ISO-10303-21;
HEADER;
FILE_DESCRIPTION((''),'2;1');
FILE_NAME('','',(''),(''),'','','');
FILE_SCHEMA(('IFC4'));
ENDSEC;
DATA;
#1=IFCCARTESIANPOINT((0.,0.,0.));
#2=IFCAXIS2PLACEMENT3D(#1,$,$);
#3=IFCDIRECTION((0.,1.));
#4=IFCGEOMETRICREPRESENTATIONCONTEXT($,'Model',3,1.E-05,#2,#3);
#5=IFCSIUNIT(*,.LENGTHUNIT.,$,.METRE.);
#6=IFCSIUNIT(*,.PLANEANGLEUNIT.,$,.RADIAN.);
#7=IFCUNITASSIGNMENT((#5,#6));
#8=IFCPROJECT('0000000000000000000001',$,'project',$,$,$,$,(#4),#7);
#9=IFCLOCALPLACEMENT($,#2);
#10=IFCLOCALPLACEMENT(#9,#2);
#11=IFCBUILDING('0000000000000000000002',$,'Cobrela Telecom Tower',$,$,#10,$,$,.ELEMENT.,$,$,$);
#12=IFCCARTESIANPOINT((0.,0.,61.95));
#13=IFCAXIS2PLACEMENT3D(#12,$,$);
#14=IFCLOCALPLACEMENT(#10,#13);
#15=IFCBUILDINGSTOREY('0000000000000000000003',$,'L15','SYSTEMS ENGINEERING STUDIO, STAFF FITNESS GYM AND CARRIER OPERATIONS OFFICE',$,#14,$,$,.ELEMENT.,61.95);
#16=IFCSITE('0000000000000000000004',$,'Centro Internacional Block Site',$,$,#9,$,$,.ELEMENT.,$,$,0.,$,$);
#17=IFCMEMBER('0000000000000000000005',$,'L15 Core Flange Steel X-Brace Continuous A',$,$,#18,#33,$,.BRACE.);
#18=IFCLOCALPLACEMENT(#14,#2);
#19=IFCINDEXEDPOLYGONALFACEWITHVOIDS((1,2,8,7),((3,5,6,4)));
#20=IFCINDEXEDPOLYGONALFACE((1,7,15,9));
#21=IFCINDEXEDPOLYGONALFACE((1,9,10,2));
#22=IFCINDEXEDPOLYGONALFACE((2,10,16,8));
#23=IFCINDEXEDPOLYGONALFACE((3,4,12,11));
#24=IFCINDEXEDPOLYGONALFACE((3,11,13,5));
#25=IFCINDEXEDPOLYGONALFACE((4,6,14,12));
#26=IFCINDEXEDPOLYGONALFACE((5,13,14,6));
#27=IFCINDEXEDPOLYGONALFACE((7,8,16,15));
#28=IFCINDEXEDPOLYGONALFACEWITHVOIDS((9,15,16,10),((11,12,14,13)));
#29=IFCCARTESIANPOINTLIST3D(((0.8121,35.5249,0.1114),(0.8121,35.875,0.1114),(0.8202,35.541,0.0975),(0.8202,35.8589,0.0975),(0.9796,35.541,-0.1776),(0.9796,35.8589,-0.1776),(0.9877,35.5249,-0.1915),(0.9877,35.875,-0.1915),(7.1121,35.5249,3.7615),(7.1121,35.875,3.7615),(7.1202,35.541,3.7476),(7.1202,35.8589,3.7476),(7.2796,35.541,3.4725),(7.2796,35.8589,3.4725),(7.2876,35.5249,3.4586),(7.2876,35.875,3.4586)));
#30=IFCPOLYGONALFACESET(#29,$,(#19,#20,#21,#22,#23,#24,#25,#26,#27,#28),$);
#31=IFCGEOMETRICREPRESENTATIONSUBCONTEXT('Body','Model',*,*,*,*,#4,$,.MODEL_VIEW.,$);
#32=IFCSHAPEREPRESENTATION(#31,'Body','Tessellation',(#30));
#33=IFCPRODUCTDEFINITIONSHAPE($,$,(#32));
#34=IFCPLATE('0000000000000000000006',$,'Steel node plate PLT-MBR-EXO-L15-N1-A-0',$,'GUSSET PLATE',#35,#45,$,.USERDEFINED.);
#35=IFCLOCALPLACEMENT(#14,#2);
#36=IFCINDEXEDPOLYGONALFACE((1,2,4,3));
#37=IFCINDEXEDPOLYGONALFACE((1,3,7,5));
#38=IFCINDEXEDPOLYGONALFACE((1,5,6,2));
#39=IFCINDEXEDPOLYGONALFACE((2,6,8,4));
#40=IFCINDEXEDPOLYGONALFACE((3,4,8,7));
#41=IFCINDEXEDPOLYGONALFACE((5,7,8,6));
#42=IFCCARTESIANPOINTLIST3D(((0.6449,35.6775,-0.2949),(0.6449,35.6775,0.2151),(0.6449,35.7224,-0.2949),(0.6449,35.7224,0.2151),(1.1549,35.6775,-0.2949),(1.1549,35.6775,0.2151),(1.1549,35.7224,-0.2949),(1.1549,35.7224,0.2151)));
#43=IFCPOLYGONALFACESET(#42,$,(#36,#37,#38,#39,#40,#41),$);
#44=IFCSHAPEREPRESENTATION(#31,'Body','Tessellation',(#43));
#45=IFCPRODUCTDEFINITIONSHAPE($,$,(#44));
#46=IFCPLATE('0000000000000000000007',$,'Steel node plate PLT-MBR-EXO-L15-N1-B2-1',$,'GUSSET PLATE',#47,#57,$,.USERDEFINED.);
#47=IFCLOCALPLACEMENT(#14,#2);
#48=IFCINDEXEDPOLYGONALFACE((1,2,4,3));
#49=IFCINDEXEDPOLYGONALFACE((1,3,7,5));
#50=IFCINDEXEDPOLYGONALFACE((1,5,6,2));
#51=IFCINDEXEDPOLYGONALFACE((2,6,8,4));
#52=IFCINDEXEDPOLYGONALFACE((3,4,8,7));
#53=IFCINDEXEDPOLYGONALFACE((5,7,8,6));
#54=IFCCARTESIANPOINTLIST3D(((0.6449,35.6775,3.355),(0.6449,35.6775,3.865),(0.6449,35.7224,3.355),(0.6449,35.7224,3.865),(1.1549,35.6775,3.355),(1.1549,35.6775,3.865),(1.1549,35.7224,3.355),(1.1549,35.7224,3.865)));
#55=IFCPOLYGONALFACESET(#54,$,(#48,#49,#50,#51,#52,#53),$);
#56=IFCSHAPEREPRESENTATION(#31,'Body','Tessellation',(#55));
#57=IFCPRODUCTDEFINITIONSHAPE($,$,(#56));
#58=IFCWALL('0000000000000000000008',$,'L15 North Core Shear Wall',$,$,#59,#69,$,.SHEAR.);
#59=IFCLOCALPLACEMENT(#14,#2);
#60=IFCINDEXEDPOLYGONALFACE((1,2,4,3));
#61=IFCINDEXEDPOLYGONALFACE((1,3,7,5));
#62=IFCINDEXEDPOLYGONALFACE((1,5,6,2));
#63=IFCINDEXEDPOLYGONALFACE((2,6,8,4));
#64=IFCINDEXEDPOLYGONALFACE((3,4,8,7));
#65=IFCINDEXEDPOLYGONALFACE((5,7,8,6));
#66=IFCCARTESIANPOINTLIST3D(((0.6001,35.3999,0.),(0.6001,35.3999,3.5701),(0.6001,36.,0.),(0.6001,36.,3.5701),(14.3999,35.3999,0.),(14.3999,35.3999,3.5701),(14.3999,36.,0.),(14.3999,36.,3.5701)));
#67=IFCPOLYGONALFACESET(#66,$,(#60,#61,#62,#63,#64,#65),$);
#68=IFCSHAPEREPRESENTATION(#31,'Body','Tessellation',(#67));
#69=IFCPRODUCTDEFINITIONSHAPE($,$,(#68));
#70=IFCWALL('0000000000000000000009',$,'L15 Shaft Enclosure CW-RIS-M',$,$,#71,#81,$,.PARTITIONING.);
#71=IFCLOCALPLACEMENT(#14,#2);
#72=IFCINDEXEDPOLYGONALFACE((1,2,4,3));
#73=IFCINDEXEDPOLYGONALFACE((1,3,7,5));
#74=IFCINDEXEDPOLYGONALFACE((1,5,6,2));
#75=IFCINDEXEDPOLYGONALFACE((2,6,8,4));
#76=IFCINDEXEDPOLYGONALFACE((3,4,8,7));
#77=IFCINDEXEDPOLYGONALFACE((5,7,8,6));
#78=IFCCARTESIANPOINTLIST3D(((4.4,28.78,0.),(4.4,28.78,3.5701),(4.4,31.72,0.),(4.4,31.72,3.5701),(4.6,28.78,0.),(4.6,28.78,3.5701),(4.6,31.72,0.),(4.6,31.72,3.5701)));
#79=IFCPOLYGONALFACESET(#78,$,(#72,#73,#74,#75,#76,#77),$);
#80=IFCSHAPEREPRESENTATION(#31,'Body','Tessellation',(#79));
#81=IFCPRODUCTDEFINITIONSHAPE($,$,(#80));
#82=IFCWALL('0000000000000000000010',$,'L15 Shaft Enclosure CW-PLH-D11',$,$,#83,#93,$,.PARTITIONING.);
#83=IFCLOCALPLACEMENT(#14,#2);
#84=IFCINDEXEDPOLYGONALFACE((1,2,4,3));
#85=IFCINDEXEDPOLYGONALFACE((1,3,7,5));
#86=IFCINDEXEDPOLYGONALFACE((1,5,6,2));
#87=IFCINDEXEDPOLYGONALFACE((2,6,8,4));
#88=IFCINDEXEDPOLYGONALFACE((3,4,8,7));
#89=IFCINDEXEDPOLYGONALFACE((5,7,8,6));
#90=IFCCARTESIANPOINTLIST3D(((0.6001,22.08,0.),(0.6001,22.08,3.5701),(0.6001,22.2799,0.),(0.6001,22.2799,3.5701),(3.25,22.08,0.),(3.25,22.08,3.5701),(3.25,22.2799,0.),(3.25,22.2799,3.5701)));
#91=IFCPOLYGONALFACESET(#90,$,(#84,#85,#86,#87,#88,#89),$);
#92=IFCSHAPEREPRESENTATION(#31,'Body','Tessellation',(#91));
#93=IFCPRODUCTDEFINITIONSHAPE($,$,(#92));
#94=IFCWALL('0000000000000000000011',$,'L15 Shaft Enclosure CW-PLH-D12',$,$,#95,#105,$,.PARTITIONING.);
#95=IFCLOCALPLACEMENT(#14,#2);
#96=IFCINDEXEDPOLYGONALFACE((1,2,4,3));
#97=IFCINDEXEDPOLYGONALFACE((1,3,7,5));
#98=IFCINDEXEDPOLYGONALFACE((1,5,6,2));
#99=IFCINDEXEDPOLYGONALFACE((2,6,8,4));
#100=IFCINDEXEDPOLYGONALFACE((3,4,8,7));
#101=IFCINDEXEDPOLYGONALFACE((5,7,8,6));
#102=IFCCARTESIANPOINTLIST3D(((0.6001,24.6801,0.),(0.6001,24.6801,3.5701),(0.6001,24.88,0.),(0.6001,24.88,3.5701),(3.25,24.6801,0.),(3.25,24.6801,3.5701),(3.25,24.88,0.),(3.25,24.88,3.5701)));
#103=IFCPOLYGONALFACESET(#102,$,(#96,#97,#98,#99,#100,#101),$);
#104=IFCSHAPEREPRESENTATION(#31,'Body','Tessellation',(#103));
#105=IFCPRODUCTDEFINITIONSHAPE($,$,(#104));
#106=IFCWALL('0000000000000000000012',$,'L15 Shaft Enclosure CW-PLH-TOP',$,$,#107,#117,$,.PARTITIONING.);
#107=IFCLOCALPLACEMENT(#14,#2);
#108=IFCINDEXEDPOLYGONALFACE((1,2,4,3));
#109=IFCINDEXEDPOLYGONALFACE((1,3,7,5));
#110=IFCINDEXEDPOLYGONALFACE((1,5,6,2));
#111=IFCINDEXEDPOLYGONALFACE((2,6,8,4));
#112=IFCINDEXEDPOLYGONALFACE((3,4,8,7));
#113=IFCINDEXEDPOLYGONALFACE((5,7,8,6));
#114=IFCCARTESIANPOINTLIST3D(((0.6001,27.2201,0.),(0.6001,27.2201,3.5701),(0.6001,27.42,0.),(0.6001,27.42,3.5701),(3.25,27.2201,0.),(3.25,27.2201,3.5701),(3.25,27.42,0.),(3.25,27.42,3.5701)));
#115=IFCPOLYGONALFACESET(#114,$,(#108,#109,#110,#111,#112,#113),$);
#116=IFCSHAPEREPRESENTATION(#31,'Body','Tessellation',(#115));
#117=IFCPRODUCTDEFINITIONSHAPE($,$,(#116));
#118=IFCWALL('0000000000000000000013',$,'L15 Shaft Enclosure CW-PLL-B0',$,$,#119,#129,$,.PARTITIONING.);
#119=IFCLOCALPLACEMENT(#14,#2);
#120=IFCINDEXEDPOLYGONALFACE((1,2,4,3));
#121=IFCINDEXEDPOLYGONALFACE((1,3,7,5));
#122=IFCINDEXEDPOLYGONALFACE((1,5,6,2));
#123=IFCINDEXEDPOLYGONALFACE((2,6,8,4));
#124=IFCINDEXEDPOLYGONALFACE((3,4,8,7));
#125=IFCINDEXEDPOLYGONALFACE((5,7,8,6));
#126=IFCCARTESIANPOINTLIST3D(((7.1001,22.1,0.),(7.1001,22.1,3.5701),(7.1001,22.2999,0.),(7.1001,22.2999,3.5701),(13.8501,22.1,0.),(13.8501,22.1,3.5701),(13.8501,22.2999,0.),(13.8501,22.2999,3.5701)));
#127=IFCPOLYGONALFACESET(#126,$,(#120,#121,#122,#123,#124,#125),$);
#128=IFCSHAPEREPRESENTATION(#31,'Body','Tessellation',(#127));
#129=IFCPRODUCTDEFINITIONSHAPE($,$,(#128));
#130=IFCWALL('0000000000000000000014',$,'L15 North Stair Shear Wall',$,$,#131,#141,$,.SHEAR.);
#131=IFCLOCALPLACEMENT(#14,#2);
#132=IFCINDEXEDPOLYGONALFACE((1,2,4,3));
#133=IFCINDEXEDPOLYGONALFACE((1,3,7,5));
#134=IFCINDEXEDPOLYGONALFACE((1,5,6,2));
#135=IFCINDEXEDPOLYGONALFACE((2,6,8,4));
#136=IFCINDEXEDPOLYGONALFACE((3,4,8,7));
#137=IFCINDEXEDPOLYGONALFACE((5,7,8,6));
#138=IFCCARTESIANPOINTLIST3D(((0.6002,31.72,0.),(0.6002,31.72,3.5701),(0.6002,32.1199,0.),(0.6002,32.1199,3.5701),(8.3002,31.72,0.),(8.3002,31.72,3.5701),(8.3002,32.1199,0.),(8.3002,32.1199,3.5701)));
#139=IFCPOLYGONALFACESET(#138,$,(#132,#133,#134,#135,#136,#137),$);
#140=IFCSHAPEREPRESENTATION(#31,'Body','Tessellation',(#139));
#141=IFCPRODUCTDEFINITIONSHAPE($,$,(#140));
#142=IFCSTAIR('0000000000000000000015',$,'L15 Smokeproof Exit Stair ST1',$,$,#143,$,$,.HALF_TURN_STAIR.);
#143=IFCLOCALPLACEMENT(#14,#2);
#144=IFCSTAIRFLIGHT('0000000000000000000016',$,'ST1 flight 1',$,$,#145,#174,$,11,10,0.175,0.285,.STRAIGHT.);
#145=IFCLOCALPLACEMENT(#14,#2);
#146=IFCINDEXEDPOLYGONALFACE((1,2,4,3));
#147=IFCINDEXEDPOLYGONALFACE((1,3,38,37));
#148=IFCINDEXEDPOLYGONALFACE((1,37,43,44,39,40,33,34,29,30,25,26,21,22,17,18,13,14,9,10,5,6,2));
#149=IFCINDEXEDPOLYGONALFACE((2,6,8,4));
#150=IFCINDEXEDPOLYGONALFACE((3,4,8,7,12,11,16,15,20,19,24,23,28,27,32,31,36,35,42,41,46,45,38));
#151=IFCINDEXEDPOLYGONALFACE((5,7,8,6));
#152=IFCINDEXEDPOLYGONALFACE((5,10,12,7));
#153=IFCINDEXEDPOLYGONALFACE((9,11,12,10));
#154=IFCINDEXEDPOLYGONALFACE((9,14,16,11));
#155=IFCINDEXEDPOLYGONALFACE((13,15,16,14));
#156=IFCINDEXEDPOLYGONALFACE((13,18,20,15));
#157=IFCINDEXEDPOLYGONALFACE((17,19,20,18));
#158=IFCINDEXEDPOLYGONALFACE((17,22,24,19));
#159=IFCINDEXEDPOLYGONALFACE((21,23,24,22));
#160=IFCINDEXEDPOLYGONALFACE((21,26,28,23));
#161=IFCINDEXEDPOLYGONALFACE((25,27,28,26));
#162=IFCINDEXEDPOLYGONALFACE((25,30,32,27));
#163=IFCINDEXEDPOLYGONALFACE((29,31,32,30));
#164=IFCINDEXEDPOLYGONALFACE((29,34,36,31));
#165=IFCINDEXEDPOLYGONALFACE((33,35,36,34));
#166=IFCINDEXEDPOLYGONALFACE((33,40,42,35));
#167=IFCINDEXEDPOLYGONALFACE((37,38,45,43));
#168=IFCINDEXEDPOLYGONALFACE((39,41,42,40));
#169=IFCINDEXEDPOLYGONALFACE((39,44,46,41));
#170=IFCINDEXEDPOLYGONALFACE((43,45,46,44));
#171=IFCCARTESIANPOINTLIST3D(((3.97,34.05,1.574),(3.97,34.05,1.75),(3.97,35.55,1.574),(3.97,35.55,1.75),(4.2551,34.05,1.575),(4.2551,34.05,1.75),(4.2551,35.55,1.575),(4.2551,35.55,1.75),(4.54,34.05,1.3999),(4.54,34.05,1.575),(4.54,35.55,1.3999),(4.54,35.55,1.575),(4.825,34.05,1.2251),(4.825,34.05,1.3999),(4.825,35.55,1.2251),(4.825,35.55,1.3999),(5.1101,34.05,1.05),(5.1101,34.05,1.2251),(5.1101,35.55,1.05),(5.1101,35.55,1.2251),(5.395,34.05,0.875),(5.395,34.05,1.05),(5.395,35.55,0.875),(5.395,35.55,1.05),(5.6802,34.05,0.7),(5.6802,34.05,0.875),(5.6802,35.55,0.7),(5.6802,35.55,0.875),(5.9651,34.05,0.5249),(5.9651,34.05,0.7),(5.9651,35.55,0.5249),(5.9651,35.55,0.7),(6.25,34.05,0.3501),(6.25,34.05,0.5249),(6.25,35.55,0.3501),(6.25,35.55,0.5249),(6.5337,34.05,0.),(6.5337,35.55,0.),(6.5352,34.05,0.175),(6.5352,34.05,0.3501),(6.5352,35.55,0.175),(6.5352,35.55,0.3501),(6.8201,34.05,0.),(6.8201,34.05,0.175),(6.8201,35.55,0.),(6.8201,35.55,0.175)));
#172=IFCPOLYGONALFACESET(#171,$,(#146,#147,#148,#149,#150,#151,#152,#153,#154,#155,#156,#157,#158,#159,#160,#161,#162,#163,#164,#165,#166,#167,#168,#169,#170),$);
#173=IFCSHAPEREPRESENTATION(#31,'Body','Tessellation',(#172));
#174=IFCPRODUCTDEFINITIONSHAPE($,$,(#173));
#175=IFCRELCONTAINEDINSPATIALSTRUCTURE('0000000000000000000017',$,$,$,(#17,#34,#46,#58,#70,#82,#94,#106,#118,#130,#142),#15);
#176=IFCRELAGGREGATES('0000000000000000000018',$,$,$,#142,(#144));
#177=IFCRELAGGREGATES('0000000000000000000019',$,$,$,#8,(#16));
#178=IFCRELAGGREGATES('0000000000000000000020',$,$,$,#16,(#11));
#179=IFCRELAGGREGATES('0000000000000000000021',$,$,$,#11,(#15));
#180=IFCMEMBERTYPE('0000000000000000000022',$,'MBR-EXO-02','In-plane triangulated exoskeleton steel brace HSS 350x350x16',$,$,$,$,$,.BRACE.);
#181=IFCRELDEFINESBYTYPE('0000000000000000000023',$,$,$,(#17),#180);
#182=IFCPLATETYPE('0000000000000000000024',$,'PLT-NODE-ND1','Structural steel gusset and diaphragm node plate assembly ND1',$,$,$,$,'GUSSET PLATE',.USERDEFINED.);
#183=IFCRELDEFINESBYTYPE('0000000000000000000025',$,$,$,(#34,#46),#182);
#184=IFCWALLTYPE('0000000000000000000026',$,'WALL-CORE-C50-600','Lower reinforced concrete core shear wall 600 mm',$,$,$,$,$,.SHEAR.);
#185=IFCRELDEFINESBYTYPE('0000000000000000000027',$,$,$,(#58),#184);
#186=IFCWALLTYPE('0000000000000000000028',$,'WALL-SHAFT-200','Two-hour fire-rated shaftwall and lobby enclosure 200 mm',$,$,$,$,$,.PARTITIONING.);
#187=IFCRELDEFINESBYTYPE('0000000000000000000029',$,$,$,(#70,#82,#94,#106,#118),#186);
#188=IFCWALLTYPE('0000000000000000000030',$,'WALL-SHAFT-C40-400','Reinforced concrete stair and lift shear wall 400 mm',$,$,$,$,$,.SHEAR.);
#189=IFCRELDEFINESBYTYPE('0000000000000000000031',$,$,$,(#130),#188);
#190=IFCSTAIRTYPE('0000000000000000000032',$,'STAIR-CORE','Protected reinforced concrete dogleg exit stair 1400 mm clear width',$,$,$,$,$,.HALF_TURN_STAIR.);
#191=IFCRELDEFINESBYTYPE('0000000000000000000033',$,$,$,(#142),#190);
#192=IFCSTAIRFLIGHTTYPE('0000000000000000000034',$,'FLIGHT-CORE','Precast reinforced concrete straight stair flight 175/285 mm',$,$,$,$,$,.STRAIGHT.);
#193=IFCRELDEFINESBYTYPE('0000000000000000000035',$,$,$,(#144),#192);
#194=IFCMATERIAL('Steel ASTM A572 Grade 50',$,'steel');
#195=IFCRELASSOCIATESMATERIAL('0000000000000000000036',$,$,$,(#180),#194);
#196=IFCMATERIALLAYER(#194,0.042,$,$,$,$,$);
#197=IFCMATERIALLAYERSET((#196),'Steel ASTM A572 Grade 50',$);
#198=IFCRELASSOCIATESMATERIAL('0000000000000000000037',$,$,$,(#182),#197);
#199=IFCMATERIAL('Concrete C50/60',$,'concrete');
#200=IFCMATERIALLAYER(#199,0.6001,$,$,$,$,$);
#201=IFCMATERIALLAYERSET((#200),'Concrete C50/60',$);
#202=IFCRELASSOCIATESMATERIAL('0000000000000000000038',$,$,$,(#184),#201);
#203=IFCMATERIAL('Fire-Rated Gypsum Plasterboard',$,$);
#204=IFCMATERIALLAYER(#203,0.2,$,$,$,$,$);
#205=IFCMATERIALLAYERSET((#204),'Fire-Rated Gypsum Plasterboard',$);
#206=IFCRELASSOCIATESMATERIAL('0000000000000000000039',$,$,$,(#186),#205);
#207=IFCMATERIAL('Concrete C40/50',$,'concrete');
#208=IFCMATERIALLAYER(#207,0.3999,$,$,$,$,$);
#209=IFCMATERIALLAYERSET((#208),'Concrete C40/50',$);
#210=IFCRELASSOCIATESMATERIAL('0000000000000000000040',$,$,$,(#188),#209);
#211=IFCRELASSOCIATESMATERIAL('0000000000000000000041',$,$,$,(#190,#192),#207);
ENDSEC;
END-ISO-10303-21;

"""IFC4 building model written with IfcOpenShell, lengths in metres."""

from ifc_helpers import new_model, si_unit, direction, frame, frame_2d, origin, origin_2d, place, context, subcontext, project, spatial, polyline, rectangle, hollow_rectangle, outline, extrude, material, layer, layer_set, material_profile, profile_set, type_object, element, aggregate, save


model = new_model("IFC4")

# Units and contexts
model_context = context("Model", 3, precision=1e-05, world=origin(), true_north=direction((0.0, 1.0)))
body_context = subcontext(model_context, "Body", "Model", "MODEL_VIEW")
ifc_project = project(units=[si_unit("LENGTHUNIT", "METRE"), si_unit("PLANEANGLEUNIT", "RADIAN")], contexts=[model_context])

# Site, building, storey
site_placement = place(None, origin())
site = spatial("IfcSite", under=ifc_project, at=site_placement, Name="Centro Internacional Block Site", CompositionType="ELEMENT", RefElevation=0.0)
building_placement = place(site_placement, origin())
building = spatial("IfcBuilding", under=site, at=building_placement, Name="Cobrela Telecom Tower", CompositionType="ELEMENT")
storey_placement = place(building_placement, frame((0.0, 0.0, 61.95)))
storey = spatial("IfcBuildingStorey", under=building, at=storey_placement, Name="L15", Description="SYSTEMS ENGINEERING STUDIO, STAFF FITNESS GYM AND CARRIER OPERATIONS OFFICE", CompositionType="ELEMENT", Elevation=61.95)

# Member
ifc_material_1 = material(Name="Steel ASTM A572 Grade 50", Category="steel")
ifc_material_profile = material_profile(ifc_material_1, hollow_rectangle(XDim=0.3501, YDim=0.3501, WallThickness=0.0161, at=origin_2d()), Name="HSS 350x350x16")
ifc_profile_set = profile_set([ifc_material_profile], Name="Steel ASTM A572 Grade 50")
member_type = type_object("IfcMemberType", Name="MBR-EXO-02", Description="In-plane triangulated exoskeleton steel brace HSS 350x350x16", PredefinedType="BRACE", material=ifc_profile_set)
member_placement = place(storey_placement, frame((0.8999, 35.7, -0.04), z_axis=(0.865262, 0.0, 0.501319), x_axis=(0.0, 1.0, 0.0)))
element("IfcMember", 1, at=member_placement, inside=storey, type_object=member_type, Name="L15 Core Flange Steel X-Brace Continuous A", PredefinedType="BRACE", context=body_context, shape_type="SweptSolid", body=[
    extrude(hollow_rectangle(XDim=0.3501, YDim=0.3501, WallThickness=0.0161, at=origin_2d()), origin(), (0.0, 0.0, 1.0), 7.281),
])

# Plates
ifc_layer_1 = layer(ifc_material_1, 0.042)
ifc_layer_set_1 = layer_set([ifc_layer_1], Name="Steel ASTM A572 Grade 50")
plate_type = type_object("IfcPlateType", Name="PLT-NODE-ND1", Description="Structural steel gusset and diaphragm node plate assembly ND1", ElementType="GUSSET PLATE", PredefinedType="USERDEFINED", material=ifc_layer_set_1)
for number, where, z_axis, x_axis, name in (
    (2, (0.8999, 35.7, -0.2949), (0.0, 0.0, 1.0), (1.0, 0.0, 0.0), "Steel node plate PLT-MBR-EXO-L15-N1-A-0"),
    (3, (0.8999, 35.7, 3.355), (0.0, 0.0, 1.0), (-1.0, 0.0, 0.0), "Steel node plate PLT-MBR-EXO-L15-N1-B2-1"),
):
    element("IfcPlate", number, at=place(storey_placement, frame(where, z_axis=z_axis, x_axis=x_axis)), inside=storey, type_object=plate_type, Name=name, ObjectType="GUSSET PLATE", PredefinedType="USERDEFINED", context=body_context, shape_type="SweptSolid", body=[
        extrude(rectangle(XDim=0.51, YDim=0.0449, at=origin_2d()), origin(), (0.0, 0.0, 1.0), 0.51),
    ])

# Wall
ifc_material_2 = material(Name="Concrete C50/60", Category="concrete")
ifc_layer_2 = layer(ifc_material_2, 0.6001)
ifc_layer_set_2 = layer_set([ifc_layer_2], Name="Concrete C50/60")
wall_type_1 = type_object("IfcWallType", Name="WALL-CORE-C50-600", Description="Lower reinforced concrete core shear wall 600 mm", PredefinedType="SHEAR", material=ifc_layer_set_2)
wall_1_placement = place(storey_placement, frame((0.6001, 35.7, 0.0), z_axis=(0.0, 0.0, 1.0), x_axis=(1.0, 0.0, 0.0)))
element("IfcWall", 4, at=wall_1_placement, inside=storey, type_object=wall_type_1, Name="L15 North Core Shear Wall", PredefinedType="SHEAR", context=body_context, shape_type="SweptSolid", body=[
    extrude(rectangle(XDim=13.7998, YDim=0.6001, at=frame_2d((6.8999, 0.0))), origin(), (0.0, 0.0, 1.0), 3.5701),
])

# Shared definitions
ifc_material_3 = material(Name="Fire-Rated Gypsum Plasterboard")
ifc_layer_3 = layer(ifc_material_3, 0.2)
ifc_layer_set_3 = layer_set([ifc_layer_3], Name="Fire-Rated Gypsum Plasterboard")
wall_type_2 = type_object("IfcWallType", Name="WALL-SHAFT-200", Description="Two-hour fire-rated shaftwall and lobby enclosure 200 mm", PredefinedType="PARTITIONING", material=ifc_layer_set_3)

# Walls
wall_2_placement = place(storey_placement, frame((4.5, 28.78, 0.0), z_axis=(0.0, 0.0, 1.0), x_axis=(0.0, 1.0, 0.0)))
element("IfcWall", 5, at=wall_2_placement, inside=storey, type_object=wall_type_2, Name="L15 Shaft Enclosure CW-RIS-M", PredefinedType="PARTITIONING", context=body_context, shape_type="SweptSolid", body=[
    extrude(rectangle(XDim=2.9399, YDim=0.2, at=frame_2d((1.47, 0.0))), origin(), (0.0, 0.0, 1.0), 3.5701),
])
for number, where, z_axis, x_axis, name in (
    (6, (0.6001, 22.1799, 0.0), (0.0, 0.0, 1.0), (1.0, 0.0, 0.0), "L15 Shaft Enclosure CW-PLH-D11"),
    (7, (0.6001, 24.78, 0.0), (0.0, 0.0, 1.0), (1.0, 0.0, 0.0), "L15 Shaft Enclosure CW-PLH-D12"),
    (8, (0.6001, 27.3201, 0.0), (0.0, 0.0, 1.0), (1.0, 0.0, 0.0), "L15 Shaft Enclosure CW-PLH-TOP"),
):
    element("IfcWall", number, at=place(storey_placement, frame(where, z_axis=z_axis, x_axis=x_axis)), inside=storey, type_object=wall_type_2, Name=name, PredefinedType="PARTITIONING", context=body_context, shape_type="SweptSolid", body=[
        extrude(rectangle(XDim=2.6499, YDim=0.2, at=frame_2d((1.325, 0.0))), origin(), (0.0, 0.0, 1.0), 3.5701),
    ])
wall_3_placement = place(storey_placement, frame((7.1001, 22.2, 0.0), z_axis=(0.0, 0.0, 1.0), x_axis=(1.0, 0.0, 0.0)))
element("IfcWall", 9, at=wall_3_placement, inside=storey, type_object=wall_type_2, Name="L15 Shaft Enclosure CW-PLL-B0", PredefinedType="PARTITIONING", context=body_context, shape_type="SweptSolid", body=[
    extrude(rectangle(XDim=6.75, YDim=0.2, at=frame_2d((3.375, 0.0))), origin(), (0.0, 0.0, 1.0), 3.5701),
])
ifc_material_4 = material(Name="Concrete C40/50", Category="concrete")
ifc_layer_4 = layer(ifc_material_4, 0.3999)
ifc_layer_set_4 = layer_set([ifc_layer_4], Name="Concrete C40/50")
wall_type_3 = type_object("IfcWallType", Name="WALL-SHAFT-C40-400", Description="Reinforced concrete stair and lift shear wall 400 mm", PredefinedType="SHEAR", material=ifc_layer_set_4)
wall_4_placement = place(storey_placement, frame((0.6001, 31.9199, 0.0), z_axis=(0.0, 0.0, 1.0), x_axis=(1.0, 0.0, 0.0)))
element("IfcWall", 10, at=wall_4_placement, inside=storey, type_object=wall_type_3, Name="L15 North Stair Shear Wall", PredefinedType="SHEAR", context=body_context, shape_type="SweptSolid", body=[
    extrude(rectangle(XDim=7.7, YDim=0.3999, at=frame_2d((3.8501, 0.0))), origin(), (0.0, 0.0, 1.0), 3.5701),
])

# Stair, stair flight
stair_type = type_object("IfcStairType", Name="STAIR-CORE", Description="Protected reinforced concrete dogleg exit stair 1400 mm clear width", PredefinedType="HALF_TURN_STAIR", material=ifc_material_4)
stair_placement = place(storey_placement, origin())
stair = element("IfcStair", 11, at=stair_placement, inside=storey, type_object=stair_type, Name="L15 Smokeproof Exit Stair ST1", PredefinedType="HALF_TURN_STAIR")
stair_flight_type = type_object("IfcStairFlightType", Name="FLIGHT-CORE", Description="Precast reinforced concrete straight stair flight 175/285 mm", PredefinedType="STRAIGHT", material=ifc_material_4)
stair_flight_1_placement = place(storey_placement, frame((6.8201, 34.8, 0.0), z_axis=(0.0, 0.0, 1.0), x_axis=(-1.0, 0.0, 0.0)))
stair_flight_1 = element("IfcStairFlight", 12, at=stair_flight_1_placement, type_object=stair_flight_type, Name="ST1 flight 1", NumberOfRisers=11, NumberOfTreads=10, PredefinedType="STRAIGHT", RiserHeight=0.175, TreadLength=0.285, context=body_context, shape_type="SweptSolid", body=[
    extrude(outline(polyline([(0.0, 0.0), (0.0, 0.175), (0.2849, 0.175), (0.2849, 0.3501), (0.5701, 0.3501), (0.5701, 0.5249), (0.855, 0.5249), (0.855, 0.7), (1.1399, 0.7), (1.1399, 0.875), (1.425, 0.875), (1.425, 1.05), (1.71, 1.05), (1.71, 1.2251), (1.9951, 1.2251), (1.9951, 1.3999), (2.28, 1.3999), (2.28, 1.575), (2.5649, 1.575), (2.5649, 1.75), (2.8501, 1.75), (2.8501, 1.925), (2.8501, 1.574), (0.2864, 0.0), (0.0, 0.0)])), frame((0.0, 0.75, 0.0), z_axis=(0.0, -1.0, 0.0), x_axis=(1.0, 0.0, 0.0)), (0.0, 0.0, 1.0), 1.5),
])
aggregate(stair, [stair_flight_1])

save(model, "model.ifc")
